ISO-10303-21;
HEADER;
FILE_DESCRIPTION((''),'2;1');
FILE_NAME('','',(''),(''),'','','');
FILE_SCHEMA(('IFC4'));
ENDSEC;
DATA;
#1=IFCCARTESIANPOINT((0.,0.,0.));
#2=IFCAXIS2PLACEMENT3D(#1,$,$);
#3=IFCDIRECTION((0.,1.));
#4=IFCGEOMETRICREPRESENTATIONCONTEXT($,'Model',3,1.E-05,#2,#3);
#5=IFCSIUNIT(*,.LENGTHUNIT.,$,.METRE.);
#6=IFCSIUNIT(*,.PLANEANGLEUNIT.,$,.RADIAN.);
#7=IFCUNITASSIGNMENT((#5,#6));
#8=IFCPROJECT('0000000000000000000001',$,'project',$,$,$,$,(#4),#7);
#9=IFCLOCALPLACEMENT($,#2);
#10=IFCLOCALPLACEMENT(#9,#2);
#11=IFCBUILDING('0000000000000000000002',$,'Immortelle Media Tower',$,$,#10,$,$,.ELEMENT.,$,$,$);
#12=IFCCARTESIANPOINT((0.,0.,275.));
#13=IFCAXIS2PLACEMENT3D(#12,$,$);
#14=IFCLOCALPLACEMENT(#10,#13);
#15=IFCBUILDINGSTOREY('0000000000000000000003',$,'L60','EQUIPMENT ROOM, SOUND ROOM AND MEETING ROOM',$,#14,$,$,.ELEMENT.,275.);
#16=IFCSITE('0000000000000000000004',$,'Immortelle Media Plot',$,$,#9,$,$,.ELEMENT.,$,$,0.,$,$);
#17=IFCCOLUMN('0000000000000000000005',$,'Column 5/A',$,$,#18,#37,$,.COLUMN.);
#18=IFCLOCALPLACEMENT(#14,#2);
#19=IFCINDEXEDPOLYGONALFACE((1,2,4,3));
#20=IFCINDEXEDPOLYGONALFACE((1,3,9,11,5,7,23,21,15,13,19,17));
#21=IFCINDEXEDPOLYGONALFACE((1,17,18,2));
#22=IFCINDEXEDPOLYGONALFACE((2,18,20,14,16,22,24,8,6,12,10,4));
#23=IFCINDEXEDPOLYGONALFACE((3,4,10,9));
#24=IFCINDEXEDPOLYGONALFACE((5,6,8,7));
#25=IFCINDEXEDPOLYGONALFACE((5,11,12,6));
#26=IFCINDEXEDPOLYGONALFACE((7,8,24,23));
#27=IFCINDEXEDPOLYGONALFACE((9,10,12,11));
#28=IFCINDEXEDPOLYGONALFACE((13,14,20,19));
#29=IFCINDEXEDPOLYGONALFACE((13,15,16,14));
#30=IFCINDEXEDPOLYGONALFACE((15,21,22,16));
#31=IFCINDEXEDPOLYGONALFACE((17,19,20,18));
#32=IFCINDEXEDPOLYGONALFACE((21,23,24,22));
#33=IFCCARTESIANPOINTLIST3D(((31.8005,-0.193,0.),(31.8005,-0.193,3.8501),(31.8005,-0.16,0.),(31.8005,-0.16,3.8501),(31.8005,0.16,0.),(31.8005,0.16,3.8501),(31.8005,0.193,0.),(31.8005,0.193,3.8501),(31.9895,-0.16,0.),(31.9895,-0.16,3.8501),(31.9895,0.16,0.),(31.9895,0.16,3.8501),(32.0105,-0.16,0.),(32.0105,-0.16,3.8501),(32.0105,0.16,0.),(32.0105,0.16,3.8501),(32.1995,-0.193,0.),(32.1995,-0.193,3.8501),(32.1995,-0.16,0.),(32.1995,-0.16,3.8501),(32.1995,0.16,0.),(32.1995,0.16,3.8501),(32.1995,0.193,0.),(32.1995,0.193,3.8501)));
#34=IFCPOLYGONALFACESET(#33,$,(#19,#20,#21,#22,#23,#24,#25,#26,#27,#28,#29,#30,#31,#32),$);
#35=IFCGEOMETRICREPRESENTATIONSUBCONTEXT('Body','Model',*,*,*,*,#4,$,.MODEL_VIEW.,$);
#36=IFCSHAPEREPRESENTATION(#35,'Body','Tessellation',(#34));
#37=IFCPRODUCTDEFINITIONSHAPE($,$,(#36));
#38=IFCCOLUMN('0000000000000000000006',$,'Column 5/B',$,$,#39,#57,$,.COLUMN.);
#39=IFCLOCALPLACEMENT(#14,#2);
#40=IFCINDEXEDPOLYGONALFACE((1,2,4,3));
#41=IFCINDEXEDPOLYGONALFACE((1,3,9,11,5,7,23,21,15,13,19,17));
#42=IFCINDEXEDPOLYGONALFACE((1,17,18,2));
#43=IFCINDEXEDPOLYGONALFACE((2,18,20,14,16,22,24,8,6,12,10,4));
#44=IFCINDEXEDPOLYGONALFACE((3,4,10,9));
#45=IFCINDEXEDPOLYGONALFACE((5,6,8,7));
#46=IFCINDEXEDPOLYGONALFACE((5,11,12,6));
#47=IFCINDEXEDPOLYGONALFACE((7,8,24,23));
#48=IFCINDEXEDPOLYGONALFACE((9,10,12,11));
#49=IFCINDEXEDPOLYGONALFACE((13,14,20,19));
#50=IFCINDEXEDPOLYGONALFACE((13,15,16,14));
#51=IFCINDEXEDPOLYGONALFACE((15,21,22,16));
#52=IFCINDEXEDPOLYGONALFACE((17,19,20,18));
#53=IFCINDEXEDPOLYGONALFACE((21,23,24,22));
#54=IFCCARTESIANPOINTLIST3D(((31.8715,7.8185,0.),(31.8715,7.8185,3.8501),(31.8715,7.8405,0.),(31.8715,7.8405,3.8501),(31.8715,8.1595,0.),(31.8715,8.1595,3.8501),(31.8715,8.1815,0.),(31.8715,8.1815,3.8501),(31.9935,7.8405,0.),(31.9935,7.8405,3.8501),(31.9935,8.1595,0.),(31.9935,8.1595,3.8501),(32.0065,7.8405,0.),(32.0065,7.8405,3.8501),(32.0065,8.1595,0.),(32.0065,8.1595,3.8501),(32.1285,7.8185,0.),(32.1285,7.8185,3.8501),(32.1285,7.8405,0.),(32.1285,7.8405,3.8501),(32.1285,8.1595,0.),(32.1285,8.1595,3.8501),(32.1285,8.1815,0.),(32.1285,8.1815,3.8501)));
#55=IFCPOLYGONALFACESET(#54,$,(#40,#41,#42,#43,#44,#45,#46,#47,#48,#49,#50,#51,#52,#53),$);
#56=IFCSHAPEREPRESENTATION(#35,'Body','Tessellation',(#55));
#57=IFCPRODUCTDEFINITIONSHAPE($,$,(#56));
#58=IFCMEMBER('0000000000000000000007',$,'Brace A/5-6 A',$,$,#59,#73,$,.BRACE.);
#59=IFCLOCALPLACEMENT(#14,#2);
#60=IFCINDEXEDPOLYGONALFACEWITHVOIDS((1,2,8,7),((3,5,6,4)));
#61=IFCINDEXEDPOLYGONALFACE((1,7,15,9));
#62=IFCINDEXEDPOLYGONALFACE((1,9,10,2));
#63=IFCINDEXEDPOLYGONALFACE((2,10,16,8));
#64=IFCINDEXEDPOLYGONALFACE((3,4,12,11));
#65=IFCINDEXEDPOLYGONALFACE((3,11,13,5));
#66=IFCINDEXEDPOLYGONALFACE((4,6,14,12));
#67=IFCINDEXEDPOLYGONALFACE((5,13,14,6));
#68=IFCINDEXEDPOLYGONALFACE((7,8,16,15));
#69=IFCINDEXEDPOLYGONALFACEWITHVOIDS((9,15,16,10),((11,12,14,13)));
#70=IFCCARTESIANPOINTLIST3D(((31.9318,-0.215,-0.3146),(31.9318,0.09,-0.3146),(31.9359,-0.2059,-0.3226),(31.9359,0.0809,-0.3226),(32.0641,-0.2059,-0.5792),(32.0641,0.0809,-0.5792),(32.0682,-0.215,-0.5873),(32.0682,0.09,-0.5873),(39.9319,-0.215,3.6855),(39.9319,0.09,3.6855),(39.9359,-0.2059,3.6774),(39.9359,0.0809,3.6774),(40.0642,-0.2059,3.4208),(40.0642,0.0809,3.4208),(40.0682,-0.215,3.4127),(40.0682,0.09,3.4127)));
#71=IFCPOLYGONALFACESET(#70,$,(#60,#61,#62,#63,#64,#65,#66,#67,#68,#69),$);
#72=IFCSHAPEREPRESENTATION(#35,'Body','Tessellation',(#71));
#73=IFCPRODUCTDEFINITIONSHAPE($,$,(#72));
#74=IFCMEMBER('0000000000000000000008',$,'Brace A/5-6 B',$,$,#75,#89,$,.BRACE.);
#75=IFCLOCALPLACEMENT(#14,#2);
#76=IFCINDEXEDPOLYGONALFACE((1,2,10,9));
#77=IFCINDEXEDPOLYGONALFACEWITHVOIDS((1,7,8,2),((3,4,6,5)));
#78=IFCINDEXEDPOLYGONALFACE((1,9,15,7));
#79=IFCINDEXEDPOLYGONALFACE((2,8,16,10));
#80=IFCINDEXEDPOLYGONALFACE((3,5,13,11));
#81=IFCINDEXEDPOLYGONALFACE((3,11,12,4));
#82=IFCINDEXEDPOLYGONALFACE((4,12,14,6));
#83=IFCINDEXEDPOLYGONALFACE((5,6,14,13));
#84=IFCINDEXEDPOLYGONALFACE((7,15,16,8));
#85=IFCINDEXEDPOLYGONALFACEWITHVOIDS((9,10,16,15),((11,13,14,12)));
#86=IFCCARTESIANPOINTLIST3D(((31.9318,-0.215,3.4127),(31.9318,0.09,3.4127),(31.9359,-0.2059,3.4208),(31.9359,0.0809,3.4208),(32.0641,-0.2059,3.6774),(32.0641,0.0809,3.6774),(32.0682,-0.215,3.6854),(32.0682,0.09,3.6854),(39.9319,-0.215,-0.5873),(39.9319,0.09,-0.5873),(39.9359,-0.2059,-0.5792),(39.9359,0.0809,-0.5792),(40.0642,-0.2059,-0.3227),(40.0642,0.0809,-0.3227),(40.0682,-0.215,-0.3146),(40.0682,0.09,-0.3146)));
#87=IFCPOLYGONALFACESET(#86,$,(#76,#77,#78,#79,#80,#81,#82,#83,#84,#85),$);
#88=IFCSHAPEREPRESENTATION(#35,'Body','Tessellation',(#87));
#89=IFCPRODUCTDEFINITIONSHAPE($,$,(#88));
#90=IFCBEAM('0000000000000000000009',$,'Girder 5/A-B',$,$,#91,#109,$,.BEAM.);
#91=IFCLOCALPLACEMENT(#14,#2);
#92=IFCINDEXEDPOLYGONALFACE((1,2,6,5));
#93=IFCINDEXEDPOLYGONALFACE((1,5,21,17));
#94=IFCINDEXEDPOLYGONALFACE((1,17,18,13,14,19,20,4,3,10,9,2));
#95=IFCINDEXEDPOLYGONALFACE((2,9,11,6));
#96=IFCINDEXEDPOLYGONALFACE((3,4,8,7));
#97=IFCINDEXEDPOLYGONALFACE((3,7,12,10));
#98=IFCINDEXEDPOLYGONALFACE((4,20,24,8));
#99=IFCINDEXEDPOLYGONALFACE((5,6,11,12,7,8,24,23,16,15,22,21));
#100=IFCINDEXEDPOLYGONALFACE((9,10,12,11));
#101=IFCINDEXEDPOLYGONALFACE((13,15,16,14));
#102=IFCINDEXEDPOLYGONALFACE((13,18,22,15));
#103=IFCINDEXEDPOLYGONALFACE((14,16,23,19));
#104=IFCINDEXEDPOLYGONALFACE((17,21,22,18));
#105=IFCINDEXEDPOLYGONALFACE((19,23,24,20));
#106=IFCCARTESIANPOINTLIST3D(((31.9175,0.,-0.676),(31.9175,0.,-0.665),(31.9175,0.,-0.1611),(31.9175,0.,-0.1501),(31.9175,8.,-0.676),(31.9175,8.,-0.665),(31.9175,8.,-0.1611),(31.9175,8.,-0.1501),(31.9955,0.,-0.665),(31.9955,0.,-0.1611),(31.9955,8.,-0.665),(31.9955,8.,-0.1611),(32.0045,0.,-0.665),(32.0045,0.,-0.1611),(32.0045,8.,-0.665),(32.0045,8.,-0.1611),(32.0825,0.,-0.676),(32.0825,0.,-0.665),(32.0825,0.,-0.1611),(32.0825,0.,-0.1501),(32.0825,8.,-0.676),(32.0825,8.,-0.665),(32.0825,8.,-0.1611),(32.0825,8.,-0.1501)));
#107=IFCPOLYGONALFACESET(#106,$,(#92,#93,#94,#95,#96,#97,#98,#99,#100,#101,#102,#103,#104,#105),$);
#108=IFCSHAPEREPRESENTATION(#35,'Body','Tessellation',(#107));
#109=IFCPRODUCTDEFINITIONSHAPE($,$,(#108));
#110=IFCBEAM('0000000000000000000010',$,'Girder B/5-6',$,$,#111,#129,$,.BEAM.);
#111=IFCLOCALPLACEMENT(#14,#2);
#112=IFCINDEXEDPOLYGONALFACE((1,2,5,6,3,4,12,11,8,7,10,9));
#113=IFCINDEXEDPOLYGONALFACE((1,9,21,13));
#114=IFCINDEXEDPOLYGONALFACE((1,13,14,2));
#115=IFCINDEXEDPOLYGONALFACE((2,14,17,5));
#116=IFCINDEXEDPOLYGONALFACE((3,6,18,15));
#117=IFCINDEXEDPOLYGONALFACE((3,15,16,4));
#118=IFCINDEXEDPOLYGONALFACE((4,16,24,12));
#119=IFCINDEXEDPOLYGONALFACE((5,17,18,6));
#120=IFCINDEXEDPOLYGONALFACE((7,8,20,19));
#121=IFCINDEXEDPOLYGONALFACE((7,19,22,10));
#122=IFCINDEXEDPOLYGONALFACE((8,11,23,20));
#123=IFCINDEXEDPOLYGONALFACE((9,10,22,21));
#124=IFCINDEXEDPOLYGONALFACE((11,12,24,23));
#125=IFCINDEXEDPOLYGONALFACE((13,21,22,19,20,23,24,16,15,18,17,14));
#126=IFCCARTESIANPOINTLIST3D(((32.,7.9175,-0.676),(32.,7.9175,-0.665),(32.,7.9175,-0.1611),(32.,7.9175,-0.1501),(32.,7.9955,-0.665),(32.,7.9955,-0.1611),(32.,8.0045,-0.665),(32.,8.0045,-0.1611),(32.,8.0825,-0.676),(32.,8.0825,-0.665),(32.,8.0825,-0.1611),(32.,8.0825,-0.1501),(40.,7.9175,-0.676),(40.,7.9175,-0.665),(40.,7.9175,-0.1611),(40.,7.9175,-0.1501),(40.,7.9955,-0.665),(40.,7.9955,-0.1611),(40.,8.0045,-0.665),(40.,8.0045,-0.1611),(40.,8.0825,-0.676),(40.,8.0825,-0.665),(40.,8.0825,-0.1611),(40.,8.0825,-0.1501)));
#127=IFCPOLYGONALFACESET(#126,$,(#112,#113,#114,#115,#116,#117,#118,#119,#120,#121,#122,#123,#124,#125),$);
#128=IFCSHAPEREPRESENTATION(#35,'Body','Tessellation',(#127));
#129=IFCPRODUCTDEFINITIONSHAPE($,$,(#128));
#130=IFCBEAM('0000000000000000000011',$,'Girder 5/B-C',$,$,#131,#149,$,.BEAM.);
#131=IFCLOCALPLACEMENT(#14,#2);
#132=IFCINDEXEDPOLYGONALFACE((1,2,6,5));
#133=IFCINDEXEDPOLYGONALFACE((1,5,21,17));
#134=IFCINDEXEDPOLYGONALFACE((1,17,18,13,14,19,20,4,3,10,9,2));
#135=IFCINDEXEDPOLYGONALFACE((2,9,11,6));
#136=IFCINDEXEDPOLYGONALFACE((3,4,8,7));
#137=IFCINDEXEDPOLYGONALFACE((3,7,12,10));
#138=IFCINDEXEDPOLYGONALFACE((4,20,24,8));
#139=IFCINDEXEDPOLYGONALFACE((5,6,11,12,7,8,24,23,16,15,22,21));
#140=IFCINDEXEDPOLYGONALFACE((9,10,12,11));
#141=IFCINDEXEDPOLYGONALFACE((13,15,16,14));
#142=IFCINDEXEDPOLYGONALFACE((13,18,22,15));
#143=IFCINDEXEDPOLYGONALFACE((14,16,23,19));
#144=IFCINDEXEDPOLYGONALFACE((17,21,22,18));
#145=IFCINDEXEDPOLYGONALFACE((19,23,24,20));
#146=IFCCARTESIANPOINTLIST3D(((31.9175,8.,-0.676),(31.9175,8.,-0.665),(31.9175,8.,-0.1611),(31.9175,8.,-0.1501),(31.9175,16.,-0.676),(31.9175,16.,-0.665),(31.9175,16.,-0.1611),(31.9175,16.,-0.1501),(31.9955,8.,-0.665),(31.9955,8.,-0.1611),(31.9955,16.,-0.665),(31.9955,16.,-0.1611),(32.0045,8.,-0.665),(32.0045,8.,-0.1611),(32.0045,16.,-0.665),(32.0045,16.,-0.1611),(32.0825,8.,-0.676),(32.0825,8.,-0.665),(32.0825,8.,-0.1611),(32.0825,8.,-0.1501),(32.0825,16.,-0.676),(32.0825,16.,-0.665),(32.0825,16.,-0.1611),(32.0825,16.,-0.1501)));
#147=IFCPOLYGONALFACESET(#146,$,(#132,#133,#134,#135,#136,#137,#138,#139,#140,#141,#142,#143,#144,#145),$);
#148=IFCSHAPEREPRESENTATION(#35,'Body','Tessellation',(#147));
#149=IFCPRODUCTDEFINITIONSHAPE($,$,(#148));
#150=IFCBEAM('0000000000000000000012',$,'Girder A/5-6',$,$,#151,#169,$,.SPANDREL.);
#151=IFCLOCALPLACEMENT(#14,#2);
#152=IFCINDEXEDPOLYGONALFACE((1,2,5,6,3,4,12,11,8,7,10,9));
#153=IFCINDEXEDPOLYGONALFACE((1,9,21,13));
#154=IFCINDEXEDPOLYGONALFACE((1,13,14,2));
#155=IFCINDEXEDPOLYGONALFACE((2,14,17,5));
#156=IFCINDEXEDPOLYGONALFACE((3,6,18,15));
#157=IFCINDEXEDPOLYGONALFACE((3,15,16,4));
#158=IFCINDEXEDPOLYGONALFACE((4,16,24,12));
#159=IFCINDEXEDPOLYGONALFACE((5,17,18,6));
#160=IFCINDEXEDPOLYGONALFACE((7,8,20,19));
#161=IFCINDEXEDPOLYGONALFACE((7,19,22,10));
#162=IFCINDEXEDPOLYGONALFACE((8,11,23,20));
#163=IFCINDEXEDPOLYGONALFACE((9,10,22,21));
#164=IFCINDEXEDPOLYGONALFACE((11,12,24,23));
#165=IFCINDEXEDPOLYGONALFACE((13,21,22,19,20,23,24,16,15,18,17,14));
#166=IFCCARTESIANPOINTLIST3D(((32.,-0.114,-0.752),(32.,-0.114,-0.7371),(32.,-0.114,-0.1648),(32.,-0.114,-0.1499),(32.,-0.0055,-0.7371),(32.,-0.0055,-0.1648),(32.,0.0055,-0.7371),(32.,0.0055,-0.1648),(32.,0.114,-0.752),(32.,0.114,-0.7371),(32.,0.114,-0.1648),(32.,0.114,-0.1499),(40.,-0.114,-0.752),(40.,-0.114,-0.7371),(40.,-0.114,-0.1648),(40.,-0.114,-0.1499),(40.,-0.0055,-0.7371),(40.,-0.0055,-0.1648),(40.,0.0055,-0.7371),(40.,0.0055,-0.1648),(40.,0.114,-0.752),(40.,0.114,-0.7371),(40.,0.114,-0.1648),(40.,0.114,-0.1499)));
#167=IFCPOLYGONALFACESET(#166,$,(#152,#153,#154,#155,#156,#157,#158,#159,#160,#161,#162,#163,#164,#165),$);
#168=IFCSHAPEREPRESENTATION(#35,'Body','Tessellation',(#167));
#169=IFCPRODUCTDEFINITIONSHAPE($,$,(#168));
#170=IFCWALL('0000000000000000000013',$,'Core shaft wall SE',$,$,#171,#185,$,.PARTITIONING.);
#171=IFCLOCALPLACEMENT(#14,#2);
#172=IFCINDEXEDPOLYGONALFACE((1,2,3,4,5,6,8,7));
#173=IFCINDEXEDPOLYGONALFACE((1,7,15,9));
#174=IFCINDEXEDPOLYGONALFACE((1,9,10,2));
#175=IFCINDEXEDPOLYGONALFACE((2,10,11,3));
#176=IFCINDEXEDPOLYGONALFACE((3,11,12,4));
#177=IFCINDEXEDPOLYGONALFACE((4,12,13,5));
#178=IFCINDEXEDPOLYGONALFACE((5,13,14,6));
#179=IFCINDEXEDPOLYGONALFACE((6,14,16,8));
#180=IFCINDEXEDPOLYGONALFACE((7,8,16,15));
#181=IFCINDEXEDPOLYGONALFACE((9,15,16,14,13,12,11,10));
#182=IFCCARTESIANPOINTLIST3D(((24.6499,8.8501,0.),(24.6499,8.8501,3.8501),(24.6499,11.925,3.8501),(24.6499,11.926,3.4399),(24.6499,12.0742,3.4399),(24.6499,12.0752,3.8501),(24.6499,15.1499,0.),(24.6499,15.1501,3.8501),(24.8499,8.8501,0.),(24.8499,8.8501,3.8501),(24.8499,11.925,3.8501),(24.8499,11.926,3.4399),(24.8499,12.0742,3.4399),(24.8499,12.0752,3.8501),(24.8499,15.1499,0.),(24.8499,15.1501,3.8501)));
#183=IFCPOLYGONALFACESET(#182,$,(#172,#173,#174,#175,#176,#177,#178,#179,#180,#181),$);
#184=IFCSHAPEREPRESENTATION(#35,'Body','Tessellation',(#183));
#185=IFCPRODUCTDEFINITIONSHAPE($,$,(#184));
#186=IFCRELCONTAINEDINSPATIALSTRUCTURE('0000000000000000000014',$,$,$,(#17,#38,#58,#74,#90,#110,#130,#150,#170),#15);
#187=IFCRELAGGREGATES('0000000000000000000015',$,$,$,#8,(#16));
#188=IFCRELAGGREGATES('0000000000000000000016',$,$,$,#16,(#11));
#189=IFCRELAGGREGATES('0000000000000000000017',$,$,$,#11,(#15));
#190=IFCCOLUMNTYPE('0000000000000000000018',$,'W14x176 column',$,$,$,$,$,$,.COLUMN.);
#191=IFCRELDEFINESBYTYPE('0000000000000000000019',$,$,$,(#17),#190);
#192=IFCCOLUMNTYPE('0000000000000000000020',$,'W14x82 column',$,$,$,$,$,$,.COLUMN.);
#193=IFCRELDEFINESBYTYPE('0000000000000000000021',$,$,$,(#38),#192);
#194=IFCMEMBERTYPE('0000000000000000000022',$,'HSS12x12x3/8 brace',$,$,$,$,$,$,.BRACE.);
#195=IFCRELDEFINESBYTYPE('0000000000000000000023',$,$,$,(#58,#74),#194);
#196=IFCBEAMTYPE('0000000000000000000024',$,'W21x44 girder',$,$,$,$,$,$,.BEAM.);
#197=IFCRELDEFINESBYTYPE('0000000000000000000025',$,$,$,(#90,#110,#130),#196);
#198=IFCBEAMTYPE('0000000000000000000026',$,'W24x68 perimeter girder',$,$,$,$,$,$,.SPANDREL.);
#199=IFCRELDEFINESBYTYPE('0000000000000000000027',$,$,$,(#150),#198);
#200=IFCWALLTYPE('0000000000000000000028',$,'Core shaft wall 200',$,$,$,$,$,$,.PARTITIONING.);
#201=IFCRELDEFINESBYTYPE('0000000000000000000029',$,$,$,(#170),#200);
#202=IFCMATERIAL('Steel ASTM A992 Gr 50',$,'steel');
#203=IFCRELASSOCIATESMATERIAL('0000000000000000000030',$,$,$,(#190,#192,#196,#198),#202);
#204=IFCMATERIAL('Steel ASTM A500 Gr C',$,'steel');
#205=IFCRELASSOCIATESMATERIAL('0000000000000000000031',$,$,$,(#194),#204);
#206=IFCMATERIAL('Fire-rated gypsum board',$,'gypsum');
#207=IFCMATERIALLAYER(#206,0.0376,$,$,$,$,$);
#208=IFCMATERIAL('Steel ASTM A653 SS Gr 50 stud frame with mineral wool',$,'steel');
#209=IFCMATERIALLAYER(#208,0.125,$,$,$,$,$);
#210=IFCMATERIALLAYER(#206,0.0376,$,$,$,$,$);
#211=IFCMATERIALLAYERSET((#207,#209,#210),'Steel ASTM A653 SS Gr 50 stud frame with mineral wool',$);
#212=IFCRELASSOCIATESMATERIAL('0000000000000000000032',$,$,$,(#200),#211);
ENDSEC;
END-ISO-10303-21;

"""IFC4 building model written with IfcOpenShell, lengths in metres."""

from ifc_helpers import new_model, si_unit, direction, frame, origin, origin_2d, place, context, subcontext, project, spatial, polyline, hollow_rectangle, i_section, outline, extrude, material, layer, layer_set, material_profile, profile_set, type_object, element, save


model = new_model("IFC4")

# Units and contexts
model_context = context("Model", 3, precision=1e-05, world=origin(), true_north=direction((0.0, 1.0)))
body_context = subcontext(model_context, "Body", "Model", "MODEL_VIEW")
ifc_project = project(units=[si_unit("LENGTHUNIT", "METRE"), si_unit("PLANEANGLEUNIT", "RADIAN")], contexts=[model_context])

# Site, building, storey
site_placement = place(None, origin())
site = spatial("IfcSite", under=ifc_project, at=site_placement, Name="Immortelle Media Plot", CompositionType="ELEMENT", RefElevation=0.0)
building_placement = place(site_placement, origin())
building = spatial("IfcBuilding", under=site, at=building_placement, Name="Immortelle Media Tower", CompositionType="ELEMENT")
storey_placement = place(building_placement, frame((0.0, 0.0, 275.0)))
storey = spatial("IfcBuildingStorey", under=building, at=storey_placement, Name="L60", Description="EQUIPMENT ROOM, SOUND ROOM AND MEETING ROOM", CompositionType="ELEMENT", Elevation=275.0)

# Columns
ifc_material_1 = material(Name="Steel ASTM A992 Gr 50", Category="steel")
ifc_material_profile_1 = material_profile(ifc_material_1, i_section(OverallWidth=0.3989, OverallDepth=0.386, WebThickness=0.021, FlangeThickness=0.033, at=origin_2d()), Name="W14x176")
ifc_profile_set_1 = profile_set([ifc_material_profile_1], Name="Steel ASTM A992 Gr 50")
column_type_1 = type_object("IfcColumnType", Name="W14x176 column", PredefinedType="COLUMN", material=ifc_profile_set_1)
column_1_placement = place(storey_placement, frame((32.0, 0.0, 0.0), z_axis=(0.0, 0.0, 1.0), x_axis=(1.0, 0.0, 0.0)))
element("IfcColumn", 1, at=column_1_placement, inside=storey, type_object=column_type_1, Name="Column 5/A", PredefinedType="COLUMN", context=body_context, shape_type="SweptSolid", body=[
    extrude(i_section(OverallWidth=0.3989, OverallDepth=0.386, WebThickness=0.021, FlangeThickness=0.033, at=origin_2d()), origin(), (0.0, 0.0, 1.0), 3.8501),
])
ifc_material_profile_2 = material_profile(ifc_material_1, i_section(OverallWidth=0.2571, OverallDepth=0.363, WebThickness=0.0129, FlangeThickness=0.022, at=origin_2d()), Name="W14x82")
ifc_profile_set_2 = profile_set([ifc_material_profile_2], Name="Steel ASTM A992 Gr 50")
column_type_2 = type_object("IfcColumnType", Name="W14x82 column", PredefinedType="COLUMN", material=ifc_profile_set_2)
column_2_placement = place(storey_placement, frame((32.0, 8.0, 0.0), z_axis=(0.0, 0.0, 1.0), x_axis=(1.0, 0.0, 0.0)))
element("IfcColumn", 2, at=column_2_placement, inside=storey, type_object=column_type_2, Name="Column 5/B", PredefinedType="COLUMN", context=body_context, shape_type="SweptSolid", body=[
    extrude(i_section(OverallWidth=0.2571, OverallDepth=0.363, WebThickness=0.0129, FlangeThickness=0.022, at=origin_2d()), origin(), (0.0, 0.0, 1.0), 3.8501),
])

# Members
ifc_material_2 = material(Name="Steel ASTM A500 Gr C", Category="steel")
ifc_material_profile_3 = material_profile(ifc_material_2, hollow_rectangle(XDim=0.3049, YDim=0.3049, WallThickness=0.009, at=origin_2d()), Name="HSS12x12x3/8 brace")
ifc_profile_set_3 = profile_set([ifc_material_profile_3], Name="Steel ASTM A500 Gr C")
member_type = type_object("IfcMemberType", Name="HSS12x12x3/8 brace", PredefinedType="BRACE", material=ifc_profile_set_3)
for number, where, z_axis, x_axis, name in (
    (3, (32.0, -0.0625, -0.4509), (0.894427, 0.0, 0.447214), (0.0, 1.0, 0.0), "Brace A/5-6 A"),
    (4, (32.0, -0.0625, 3.5491), (0.894427, 0.0, -0.447214), (0.0, 1.0, 0.0), "Brace A/5-6 B"),
):
    element("IfcMember", number, at=place(storey_placement, frame(where, z_axis=z_axis, x_axis=x_axis)), inside=storey, type_object=member_type, Name=name, PredefinedType="BRACE", context=body_context, shape_type="SweptSolid", body=[
        extrude(hollow_rectangle(XDim=0.3049, YDim=0.3049, WallThickness=0.009, at=origin_2d()), origin(), (0.0, 0.0, 1.0), 8.9443),
    ])

# Beams
ifc_material_profile_4 = material_profile(ifc_material_1, i_section(OverallWidth=0.165, OverallDepth=0.5259, WebThickness=0.009, FlangeThickness=0.011, at=origin_2d()), Name="W21x44")
ifc_profile_set_4 = profile_set([ifc_material_profile_4], Name="Steel ASTM A992 Gr 50")
beam_type_1 = type_object("IfcBeamType", Name="W21x44 girder", PredefinedType="BEAM", material=ifc_profile_set_4)
for number, where, z_axis, x_axis, name in (
    (5, (32.0, 0.0, -0.4131), (0.0, 1.0, 0.0), (-1.0, 0.0, 0.0), "Girder 5/A-B"),
    (6, (32.0, 8.0, -0.4131), (1.0, 0.0, 0.0), (0.0, 1.0, 0.0), "Girder B/5-6"),
    (7, (32.0, 8.0, -0.4131), (0.0, 1.0, 0.0), (-1.0, 0.0, 0.0), "Girder 5/B-C"),
):
    element("IfcBeam", number, at=place(storey_placement, frame(where, z_axis=z_axis, x_axis=x_axis)), inside=storey, type_object=beam_type_1, Name=name, PredefinedType="BEAM", context=body_context, shape_type="SweptSolid", body=[
        extrude(i_section(OverallWidth=0.165, OverallDepth=0.5259, WebThickness=0.009, FlangeThickness=0.011, at=origin_2d()), origin(), (0.0, 0.0, 1.0), 8.0),
    ])
ifc_material_profile_5 = material_profile(ifc_material_1, i_section(OverallWidth=0.228, OverallDepth=0.6021, WebThickness=0.011, FlangeThickness=0.0149, at=origin_2d()), Name="W24x68")
ifc_profile_set_5 = profile_set([ifc_material_profile_5], Name="Steel ASTM A992 Gr 50")
beam_type_2 = type_object("IfcBeamType", Name="W24x68 perimeter girder", PredefinedType="SPANDREL", material=ifc_profile_set_5)
beam_placement = place(storey_placement, frame((32.0, 0.0, -0.4509), z_axis=(1.0, 0.0, 0.0), x_axis=(0.0, 1.0, 0.0)))
element("IfcBeam", 8, at=beam_placement, inside=storey, type_object=beam_type_2, Name="Girder A/5-6", PredefinedType="SPANDREL", context=body_context, shape_type="SweptSolid", body=[
    extrude(i_section(OverallWidth=0.228, OverallDepth=0.6021, WebThickness=0.011, FlangeThickness=0.0149, at=origin_2d()), origin(), (0.0, 0.0, 1.0), 8.0),
])

# Wall
ifc_material_3 = material(Name="Fire-rated gypsum board", Category="gypsum")
ifc_layer_1 = layer(ifc_material_3, 0.0376)
ifc_material_4 = material(Name="Steel ASTM A653 SS Gr 50 stud frame with mineral wool", Category="steel")
ifc_layer_2 = layer(ifc_material_4, 0.125)
ifc_layer_3 = layer(ifc_material_3, 0.0376)
ifc_layer_set_1 = layer_set([ifc_layer_1, ifc_layer_2, ifc_layer_3], Name="Steel ASTM A653 SS Gr 50 stud frame with mineral wool")
wall_type_1 = type_object("IfcWallType", Name="Core shaft wall 200", PredefinedType="PARTITIONING", material=ifc_layer_set_1)
wall_1_placement = place(storey_placement, frame((24.75, 8.8501, 0.0), z_axis=(0.0, 0.0, 1.0), x_axis=(0.0, 1.0, 0.0)))
element("IfcWall", 9, at=wall_1_placement, inside=storey, type_object=wall_type_1, Name="Core shaft wall SE", PredefinedType="PARTITIONING", context=body_context, shape_type="SweptSolid", body=[
    extrude(outline(polyline([(0.0, 0.0), (6.2998, 0.0), (6.3, 3.8501), (3.2251, 3.8501), (3.2241, 3.4399), (3.0759, 3.4399), (3.075, 3.8501), (0.0, 3.8501), (0.0, 0.0)])), frame((0.0, 0.1001, 0.0), z_axis=(0.0, -1.0, 0.0), x_axis=(1.0, 0.0, 0.0)), (0.0, 0.0, 1.0), 0.2),
])

save(model, "model.ifc")
